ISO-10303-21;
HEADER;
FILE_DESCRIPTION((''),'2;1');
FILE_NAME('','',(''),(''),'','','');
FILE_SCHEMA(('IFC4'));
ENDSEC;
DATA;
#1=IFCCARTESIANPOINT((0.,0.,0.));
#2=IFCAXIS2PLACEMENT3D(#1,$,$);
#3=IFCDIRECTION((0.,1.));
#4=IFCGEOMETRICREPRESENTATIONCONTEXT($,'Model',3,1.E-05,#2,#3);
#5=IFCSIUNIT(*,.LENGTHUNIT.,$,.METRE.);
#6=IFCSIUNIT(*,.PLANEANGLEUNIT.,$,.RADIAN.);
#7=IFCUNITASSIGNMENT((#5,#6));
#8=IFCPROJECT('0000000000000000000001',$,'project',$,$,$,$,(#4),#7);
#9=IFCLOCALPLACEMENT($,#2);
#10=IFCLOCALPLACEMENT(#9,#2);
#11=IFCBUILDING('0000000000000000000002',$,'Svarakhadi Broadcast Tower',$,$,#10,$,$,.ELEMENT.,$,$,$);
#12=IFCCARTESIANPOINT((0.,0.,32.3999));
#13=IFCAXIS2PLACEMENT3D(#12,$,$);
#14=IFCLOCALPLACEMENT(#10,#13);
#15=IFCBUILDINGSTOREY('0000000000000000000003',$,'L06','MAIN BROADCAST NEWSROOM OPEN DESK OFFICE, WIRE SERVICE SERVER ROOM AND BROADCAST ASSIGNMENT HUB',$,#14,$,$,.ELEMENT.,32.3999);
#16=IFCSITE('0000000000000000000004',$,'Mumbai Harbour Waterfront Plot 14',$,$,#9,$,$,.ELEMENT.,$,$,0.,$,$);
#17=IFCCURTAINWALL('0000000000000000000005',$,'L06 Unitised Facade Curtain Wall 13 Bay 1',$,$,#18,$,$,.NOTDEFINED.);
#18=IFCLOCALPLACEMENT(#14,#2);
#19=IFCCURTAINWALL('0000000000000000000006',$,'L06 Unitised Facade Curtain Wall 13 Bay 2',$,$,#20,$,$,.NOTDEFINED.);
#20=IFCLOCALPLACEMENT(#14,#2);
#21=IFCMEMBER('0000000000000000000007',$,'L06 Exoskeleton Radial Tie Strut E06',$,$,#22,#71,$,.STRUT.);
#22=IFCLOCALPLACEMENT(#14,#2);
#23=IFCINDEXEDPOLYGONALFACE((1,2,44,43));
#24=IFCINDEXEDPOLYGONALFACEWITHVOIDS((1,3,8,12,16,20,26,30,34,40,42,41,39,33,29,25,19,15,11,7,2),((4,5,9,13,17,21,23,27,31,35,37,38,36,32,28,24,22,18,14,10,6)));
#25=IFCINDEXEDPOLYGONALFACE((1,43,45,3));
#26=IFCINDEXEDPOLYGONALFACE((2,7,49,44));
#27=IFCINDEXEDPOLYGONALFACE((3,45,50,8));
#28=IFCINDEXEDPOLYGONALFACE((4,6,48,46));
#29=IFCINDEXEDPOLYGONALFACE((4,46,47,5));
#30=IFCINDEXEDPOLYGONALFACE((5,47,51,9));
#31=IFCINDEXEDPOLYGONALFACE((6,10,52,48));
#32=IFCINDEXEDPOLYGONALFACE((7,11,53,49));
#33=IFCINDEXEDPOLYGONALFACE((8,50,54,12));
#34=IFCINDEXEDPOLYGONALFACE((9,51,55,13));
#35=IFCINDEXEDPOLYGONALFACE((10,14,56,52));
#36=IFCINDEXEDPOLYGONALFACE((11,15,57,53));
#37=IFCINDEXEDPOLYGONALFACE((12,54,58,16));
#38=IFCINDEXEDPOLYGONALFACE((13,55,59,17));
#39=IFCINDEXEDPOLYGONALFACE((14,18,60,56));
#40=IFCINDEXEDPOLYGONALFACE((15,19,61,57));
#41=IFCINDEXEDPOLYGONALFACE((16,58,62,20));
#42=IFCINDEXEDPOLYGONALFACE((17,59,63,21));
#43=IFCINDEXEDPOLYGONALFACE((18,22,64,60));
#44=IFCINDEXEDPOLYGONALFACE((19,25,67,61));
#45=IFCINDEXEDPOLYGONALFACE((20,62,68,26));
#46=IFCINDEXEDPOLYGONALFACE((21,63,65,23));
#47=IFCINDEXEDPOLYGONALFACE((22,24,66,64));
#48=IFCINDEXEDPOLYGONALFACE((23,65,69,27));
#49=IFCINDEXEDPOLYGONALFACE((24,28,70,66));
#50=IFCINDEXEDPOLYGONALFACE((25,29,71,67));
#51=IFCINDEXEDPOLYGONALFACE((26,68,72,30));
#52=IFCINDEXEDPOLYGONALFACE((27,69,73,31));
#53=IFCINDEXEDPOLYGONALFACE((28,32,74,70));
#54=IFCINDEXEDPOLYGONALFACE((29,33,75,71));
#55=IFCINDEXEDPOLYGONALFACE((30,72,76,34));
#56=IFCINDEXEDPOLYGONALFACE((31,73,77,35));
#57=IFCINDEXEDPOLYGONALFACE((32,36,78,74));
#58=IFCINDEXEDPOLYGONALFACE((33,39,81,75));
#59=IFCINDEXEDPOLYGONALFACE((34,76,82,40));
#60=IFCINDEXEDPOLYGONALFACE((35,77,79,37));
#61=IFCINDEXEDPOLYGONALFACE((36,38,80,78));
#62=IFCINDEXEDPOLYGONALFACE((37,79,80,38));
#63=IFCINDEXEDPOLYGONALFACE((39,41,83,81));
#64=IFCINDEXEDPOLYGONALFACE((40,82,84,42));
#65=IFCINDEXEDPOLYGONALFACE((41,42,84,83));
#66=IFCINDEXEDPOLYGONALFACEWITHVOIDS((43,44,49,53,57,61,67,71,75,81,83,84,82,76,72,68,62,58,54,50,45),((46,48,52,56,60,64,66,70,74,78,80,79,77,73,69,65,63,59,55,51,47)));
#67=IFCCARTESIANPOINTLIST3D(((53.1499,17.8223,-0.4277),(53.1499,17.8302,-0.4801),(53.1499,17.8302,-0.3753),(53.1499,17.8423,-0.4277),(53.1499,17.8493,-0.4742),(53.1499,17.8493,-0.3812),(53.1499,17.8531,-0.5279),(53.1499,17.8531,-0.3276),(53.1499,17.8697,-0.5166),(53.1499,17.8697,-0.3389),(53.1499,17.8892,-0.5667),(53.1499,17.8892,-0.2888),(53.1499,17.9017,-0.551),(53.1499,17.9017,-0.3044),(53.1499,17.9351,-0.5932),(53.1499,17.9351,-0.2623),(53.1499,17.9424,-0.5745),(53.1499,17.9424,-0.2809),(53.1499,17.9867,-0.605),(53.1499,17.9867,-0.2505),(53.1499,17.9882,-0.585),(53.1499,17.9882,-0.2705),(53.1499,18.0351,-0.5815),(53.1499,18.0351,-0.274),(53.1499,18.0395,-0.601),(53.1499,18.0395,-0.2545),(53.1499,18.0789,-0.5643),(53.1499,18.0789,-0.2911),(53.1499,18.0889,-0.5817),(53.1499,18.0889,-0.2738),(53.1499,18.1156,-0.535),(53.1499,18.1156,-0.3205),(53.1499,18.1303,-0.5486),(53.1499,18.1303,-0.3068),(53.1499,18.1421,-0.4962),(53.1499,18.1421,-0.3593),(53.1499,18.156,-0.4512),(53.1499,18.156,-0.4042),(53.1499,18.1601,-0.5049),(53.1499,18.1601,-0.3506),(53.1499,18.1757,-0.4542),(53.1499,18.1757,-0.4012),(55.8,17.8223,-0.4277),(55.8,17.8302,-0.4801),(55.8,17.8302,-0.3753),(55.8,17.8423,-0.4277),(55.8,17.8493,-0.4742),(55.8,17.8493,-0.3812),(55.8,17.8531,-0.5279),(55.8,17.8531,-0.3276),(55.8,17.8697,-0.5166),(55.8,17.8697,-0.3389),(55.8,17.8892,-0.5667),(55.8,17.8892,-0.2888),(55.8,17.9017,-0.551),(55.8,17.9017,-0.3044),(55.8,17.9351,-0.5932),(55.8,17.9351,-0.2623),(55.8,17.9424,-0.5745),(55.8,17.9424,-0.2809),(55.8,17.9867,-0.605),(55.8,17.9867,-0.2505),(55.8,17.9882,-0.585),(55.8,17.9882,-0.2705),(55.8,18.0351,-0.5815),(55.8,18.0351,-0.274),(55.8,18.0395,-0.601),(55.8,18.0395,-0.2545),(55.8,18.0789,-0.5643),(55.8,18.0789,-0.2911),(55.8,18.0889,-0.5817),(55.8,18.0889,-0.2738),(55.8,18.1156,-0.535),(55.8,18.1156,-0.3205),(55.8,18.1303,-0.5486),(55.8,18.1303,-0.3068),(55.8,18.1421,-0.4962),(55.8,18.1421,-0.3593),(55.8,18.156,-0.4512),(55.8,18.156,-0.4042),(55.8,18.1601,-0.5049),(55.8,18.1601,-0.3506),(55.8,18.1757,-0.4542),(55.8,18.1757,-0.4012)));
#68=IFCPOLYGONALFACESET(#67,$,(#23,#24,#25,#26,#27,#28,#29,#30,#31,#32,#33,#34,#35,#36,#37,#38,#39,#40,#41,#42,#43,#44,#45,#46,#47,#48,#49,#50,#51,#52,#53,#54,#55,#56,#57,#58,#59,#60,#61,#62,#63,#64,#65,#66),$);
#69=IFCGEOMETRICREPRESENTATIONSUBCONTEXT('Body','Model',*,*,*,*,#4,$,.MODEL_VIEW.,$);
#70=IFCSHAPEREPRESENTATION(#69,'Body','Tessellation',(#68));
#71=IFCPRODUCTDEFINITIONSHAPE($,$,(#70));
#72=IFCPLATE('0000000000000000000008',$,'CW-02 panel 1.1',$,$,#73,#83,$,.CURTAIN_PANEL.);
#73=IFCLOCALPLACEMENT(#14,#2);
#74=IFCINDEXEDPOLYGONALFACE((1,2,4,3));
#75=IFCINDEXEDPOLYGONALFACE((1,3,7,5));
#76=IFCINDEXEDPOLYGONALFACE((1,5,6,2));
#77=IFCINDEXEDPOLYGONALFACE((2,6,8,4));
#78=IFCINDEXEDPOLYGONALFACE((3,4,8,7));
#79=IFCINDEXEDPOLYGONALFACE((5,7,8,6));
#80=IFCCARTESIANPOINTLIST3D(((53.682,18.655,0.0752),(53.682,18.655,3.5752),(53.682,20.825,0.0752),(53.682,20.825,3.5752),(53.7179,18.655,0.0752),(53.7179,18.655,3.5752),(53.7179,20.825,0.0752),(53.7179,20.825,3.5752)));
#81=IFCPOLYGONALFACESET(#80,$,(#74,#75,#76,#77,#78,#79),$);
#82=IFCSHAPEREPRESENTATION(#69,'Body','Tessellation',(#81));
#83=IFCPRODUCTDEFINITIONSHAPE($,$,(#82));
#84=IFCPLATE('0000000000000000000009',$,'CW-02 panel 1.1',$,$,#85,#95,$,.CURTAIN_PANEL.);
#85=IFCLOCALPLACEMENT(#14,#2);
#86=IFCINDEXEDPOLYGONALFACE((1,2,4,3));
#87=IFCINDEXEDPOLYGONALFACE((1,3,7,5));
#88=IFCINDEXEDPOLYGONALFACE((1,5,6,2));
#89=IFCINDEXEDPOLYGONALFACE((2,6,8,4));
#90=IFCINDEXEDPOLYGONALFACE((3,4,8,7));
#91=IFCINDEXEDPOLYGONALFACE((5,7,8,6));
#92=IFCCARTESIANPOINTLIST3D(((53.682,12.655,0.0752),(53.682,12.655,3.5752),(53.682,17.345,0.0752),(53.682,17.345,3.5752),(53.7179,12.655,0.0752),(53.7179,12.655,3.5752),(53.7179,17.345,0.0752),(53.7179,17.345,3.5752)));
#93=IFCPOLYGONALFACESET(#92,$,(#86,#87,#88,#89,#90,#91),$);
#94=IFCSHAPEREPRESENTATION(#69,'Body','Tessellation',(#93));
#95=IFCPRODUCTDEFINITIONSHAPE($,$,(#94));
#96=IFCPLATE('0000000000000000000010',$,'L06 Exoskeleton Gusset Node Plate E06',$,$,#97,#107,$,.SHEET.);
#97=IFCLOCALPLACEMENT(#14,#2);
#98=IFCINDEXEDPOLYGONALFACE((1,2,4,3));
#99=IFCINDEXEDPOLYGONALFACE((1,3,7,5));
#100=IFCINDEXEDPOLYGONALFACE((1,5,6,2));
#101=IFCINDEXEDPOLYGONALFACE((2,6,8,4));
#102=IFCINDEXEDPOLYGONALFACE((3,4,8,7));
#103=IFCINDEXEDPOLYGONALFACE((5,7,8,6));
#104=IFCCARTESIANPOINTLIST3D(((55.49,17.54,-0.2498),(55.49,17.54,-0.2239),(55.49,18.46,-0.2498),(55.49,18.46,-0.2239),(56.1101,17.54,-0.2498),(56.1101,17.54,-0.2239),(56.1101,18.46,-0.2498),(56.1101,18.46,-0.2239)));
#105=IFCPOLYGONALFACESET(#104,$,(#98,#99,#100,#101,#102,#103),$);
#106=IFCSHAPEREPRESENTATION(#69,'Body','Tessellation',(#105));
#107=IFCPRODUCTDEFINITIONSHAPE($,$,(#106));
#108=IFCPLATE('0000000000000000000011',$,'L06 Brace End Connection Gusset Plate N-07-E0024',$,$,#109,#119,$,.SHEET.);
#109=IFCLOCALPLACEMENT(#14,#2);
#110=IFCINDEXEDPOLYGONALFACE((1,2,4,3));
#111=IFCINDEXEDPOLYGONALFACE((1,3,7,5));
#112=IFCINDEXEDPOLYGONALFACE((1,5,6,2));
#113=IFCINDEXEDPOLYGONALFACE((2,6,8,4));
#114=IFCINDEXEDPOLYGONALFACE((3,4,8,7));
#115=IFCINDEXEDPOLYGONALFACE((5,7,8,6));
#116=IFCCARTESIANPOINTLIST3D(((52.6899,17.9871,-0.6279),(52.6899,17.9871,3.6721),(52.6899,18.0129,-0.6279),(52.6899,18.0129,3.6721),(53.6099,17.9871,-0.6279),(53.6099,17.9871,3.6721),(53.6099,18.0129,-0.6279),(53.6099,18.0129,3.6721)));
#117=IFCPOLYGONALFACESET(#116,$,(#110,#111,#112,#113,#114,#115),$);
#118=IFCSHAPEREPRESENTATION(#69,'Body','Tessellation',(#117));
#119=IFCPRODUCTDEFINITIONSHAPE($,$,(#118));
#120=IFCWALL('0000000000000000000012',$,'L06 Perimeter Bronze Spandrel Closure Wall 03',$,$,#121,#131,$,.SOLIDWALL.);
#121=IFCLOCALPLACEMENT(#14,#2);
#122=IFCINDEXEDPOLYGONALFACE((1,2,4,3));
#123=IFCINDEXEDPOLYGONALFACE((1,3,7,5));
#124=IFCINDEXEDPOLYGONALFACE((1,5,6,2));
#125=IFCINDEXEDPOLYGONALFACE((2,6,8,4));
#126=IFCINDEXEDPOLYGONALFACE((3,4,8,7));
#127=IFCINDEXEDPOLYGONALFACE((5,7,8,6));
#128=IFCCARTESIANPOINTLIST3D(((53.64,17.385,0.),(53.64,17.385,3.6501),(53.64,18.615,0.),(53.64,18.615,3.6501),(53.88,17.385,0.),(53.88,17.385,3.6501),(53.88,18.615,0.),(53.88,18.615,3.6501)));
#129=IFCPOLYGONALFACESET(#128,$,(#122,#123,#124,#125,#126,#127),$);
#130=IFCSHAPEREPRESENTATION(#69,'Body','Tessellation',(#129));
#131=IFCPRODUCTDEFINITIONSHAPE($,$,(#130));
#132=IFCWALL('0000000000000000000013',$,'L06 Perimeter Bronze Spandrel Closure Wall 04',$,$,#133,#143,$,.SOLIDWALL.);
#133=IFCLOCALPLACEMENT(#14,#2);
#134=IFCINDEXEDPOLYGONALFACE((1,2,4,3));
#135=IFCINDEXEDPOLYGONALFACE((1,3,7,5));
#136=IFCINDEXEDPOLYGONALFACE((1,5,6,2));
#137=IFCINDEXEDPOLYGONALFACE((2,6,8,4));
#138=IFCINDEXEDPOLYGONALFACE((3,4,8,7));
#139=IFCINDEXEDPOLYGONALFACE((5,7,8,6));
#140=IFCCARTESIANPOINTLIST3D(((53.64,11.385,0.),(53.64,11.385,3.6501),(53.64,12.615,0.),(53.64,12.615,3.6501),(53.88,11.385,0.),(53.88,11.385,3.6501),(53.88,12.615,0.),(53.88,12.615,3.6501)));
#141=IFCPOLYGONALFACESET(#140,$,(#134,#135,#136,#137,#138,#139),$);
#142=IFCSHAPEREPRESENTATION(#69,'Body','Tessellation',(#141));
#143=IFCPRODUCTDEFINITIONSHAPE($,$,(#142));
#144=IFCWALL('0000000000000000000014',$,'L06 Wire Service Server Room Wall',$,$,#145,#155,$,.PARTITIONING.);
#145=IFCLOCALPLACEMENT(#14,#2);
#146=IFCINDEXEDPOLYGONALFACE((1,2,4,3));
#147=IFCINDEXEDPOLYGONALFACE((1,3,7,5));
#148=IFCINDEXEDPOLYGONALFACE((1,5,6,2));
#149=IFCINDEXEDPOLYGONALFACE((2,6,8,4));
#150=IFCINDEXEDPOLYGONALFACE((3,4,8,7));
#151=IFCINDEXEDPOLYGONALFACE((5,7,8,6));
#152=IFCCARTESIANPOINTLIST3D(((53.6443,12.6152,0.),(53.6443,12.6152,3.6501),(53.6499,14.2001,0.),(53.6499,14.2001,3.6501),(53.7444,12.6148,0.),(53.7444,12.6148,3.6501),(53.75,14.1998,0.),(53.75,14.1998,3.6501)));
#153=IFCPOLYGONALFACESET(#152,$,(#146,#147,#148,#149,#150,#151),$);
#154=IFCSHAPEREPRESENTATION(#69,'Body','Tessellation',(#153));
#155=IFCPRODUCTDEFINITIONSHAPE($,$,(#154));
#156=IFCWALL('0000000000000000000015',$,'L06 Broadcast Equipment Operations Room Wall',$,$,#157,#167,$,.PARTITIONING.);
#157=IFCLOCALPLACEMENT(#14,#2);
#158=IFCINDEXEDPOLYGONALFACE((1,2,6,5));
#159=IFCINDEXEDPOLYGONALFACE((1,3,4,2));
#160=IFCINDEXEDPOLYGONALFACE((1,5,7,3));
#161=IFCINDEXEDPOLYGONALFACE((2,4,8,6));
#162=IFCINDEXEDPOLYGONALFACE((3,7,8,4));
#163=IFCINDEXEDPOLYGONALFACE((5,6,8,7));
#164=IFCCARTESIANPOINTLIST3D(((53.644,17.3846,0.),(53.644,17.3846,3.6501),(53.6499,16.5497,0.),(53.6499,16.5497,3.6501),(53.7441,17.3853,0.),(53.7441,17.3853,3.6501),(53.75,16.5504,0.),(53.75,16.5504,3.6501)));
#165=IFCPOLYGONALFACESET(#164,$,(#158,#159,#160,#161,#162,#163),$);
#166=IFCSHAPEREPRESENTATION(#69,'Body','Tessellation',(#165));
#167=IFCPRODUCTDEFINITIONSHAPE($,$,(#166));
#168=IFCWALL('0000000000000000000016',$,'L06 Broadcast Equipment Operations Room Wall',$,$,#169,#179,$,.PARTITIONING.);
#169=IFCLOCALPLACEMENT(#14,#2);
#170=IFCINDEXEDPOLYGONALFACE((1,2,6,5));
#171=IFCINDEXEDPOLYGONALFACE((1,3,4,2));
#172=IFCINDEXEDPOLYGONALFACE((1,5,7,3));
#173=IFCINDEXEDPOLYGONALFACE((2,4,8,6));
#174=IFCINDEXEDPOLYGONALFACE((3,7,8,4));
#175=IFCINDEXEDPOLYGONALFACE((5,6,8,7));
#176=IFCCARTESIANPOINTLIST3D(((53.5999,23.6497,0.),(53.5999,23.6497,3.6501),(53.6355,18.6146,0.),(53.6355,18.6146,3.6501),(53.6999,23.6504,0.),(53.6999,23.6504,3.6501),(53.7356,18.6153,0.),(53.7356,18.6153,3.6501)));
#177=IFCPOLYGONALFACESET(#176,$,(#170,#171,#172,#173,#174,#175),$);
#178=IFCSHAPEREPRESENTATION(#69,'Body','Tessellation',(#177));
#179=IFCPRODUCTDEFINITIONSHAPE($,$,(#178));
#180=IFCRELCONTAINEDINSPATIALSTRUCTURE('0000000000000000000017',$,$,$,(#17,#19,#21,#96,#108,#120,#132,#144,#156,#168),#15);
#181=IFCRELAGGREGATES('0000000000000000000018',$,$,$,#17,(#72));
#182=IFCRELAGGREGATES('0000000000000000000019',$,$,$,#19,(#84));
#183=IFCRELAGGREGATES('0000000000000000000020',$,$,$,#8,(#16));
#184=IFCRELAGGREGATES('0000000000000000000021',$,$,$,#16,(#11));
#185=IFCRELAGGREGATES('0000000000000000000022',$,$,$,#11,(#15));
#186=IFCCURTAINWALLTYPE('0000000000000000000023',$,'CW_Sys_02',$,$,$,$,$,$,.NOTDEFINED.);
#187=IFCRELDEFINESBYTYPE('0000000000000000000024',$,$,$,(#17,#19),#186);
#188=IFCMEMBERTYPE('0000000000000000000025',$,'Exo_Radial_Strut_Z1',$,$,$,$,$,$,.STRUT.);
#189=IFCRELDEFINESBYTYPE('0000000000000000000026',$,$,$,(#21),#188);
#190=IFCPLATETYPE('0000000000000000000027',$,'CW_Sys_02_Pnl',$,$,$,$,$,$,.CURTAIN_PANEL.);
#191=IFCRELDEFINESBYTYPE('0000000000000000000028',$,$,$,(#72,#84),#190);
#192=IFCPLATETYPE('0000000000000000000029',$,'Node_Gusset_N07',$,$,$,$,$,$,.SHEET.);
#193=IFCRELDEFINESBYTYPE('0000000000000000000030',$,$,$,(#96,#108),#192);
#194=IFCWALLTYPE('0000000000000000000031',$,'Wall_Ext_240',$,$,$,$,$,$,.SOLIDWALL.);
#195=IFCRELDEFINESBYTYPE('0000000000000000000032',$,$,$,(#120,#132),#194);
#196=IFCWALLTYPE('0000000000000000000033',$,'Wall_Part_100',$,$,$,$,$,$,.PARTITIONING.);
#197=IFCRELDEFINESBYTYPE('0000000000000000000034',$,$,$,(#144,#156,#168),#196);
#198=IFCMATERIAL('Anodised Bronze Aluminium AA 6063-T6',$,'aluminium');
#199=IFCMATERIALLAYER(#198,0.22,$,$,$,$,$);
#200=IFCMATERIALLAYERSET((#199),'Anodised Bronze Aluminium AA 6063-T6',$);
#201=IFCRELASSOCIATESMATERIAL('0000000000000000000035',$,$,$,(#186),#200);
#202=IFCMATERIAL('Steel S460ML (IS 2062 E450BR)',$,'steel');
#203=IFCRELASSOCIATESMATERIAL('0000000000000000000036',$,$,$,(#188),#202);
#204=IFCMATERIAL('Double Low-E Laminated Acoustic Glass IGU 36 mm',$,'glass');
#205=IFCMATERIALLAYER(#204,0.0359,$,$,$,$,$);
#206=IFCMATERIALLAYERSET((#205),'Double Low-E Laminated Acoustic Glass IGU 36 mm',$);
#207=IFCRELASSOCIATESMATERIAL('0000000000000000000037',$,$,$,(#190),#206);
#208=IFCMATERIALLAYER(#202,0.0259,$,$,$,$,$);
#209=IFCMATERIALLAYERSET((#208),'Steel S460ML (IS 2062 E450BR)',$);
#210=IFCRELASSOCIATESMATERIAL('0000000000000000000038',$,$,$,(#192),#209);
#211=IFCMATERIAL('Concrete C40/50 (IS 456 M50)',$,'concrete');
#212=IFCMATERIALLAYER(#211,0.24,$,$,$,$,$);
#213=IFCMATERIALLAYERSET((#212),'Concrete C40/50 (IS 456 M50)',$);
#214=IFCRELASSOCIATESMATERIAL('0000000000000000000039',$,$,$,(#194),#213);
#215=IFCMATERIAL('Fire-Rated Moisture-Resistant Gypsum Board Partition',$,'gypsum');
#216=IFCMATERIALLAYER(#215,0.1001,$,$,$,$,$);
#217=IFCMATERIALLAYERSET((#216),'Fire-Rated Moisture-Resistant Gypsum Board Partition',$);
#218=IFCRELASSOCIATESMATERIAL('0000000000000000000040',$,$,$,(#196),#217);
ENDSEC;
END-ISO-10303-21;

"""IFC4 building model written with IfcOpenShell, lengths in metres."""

from ifc_helpers import new_model, si_unit, direction, frame, frame_2d, origin, origin_2d, place, context, subcontext, project, spatial, rectangle, hollow_circle, extrude, material, layer, layer_set, material_profile, profile_set, type_object, element, aggregate, save


model = new_model("IFC4")

# Units and contexts
model_context = context("Model", 3, precision=1e-05, world=origin(), true_north=direction((0.0, 1.0)))
body_context = subcontext(model_context, "Body", "Model", "MODEL_VIEW")
ifc_project = project(units=[si_unit("LENGTHUNIT", "METRE"), si_unit("PLANEANGLEUNIT", "RADIAN")], contexts=[model_context])

# Site, building, storey
site_placement = place(None, origin())
site = spatial("IfcSite", under=ifc_project, at=site_placement, Name="Mumbai Harbour Waterfront Plot 14", CompositionType="ELEMENT", RefElevation=0.0)
building_placement = place(site_placement, origin())
building = spatial("IfcBuilding", under=site, at=building_placement, Name="Svarakhadi Broadcast Tower", CompositionType="ELEMENT")
storey_placement = place(building_placement, frame((0.0, 0.0, 32.3999)))
storey = spatial("IfcBuildingStorey", under=building, at=storey_placement, Name="L06", Description="MAIN BROADCAST NEWSROOM OPEN DESK OFFICE, WIRE SERVICE SERVER ROOM AND BROADCAST ASSIGNMENT HUB", CompositionType="ELEMENT", Elevation=32.3999)

# Curtain wall
ifc_material_1 = material(Name="Anodised Bronze Aluminium AA 6063-T6", Category="aluminium")
ifc_layer_1 = layer(ifc_material_1, 0.22)
ifc_layer_set_1 = layer_set([ifc_layer_1], Name="Anodised Bronze Aluminium AA 6063-T6")
curtain_wall_type = type_object("IfcCurtainWallType", Name="CW_Sys_02", PredefinedType="NOTDEFINED", material=ifc_layer_set_1)
curtain_wall_1_placement = place(storey_placement, origin())
curtain_wall_1 = element("IfcCurtainWall", 1, at=curtain_wall_1_placement, inside=storey, type_object=curtain_wall_type, Name="L06 Unitised Facade Curtain Wall 13 Bay 1", PredefinedType="NOTDEFINED")

# Curtain wall
curtain_wall_2_placement = place(storey_placement, origin())
curtain_wall_2 = element("IfcCurtainWall", 2, at=curtain_wall_2_placement, inside=storey, type_object=curtain_wall_type, Name="L06 Unitised Facade Curtain Wall 13 Bay 2", PredefinedType="NOTDEFINED")

# Member
ifc_material_2 = material(Name="Steel S460ML (IS 2062 E450BR)", Category="steel")
ifc_material_profile_1 = material_profile(ifc_material_2, hollow_circle(Radius=0.1777, WallThickness=0.02, at=origin_2d()), Name="CHS 355.6x20")
ifc_profile_set_1 = profile_set([ifc_material_profile_1], Name="Steel S460ML (IS 2062 E450BR)")
member_type_1 = type_object("IfcMemberType", Name="Exo_Radial_Strut_Z1", PredefinedType="STRUT", material=ifc_profile_set_1)
member_1_placement = place(storey_placement, frame((55.8, 18.0, -0.4277), z_axis=(-1.0, 0.0, 0.0), x_axis=(0.0, -1.0, 0.0)))
element("IfcMember", 3, at=member_1_placement, inside=storey, type_object=member_type_1, Name="L06 Exoskeleton Radial Tie Strut E06", PredefinedType="STRUT", context=body_context, shape_type="SweptSolid", body=[
    extrude(hollow_circle(Radius=0.1777, WallThickness=0.02, at=origin_2d()), origin(), (0.0, 0.0, 1.0), 2.6501),
])

# Plates
ifc_material_3 = material(Name="Double Low-E Laminated Acoustic Glass IGU 36 mm", Category="glass")
ifc_layer_2 = layer(ifc_material_3, 0.0359)
ifc_layer_set_2 = layer_set([ifc_layer_2], Name="Double Low-E Laminated Acoustic Glass IGU 36 mm")
plate_type_1 = type_object("IfcPlateType", Name="CW_Sys_02_Pnl", PredefinedType="CURTAIN_PANEL", material=ifc_layer_set_2)
plate_1_placement = place(storey_placement, frame((53.7, 19.74, 0.0752), z_axis=(0.0, 0.0, 1.0), x_axis=(0.0, -1.0, 0.0)))
plate_1 = element("IfcPlate", 4, at=plate_1_placement, type_object=plate_type_1, Name="CW-02 panel 1.1", PredefinedType="CURTAIN_PANEL", context=body_context, shape_type="SweptSolid", body=[
    extrude(rectangle(XDim=2.1699, YDim=0.0359, at=origin_2d()), origin(), (0.0, 0.0, 1.0), 3.5),
])
aggregate(curtain_wall_1, [plate_1])
plate_2_placement = place(storey_placement, frame((53.7, 15.0, 0.0752), z_axis=(0.0, 0.0, 1.0), x_axis=(0.0, -1.0, 0.0)))
plate_2 = element("IfcPlate", 5, at=plate_2_placement, type_object=plate_type_1, Name="CW-02 panel 1.1", PredefinedType="CURTAIN_PANEL", context=body_context, shape_type="SweptSolid", body=[
    extrude(rectangle(XDim=4.6899, YDim=0.0359, at=origin_2d()), origin(), (0.0, 0.0, 1.0), 3.5),
])
aggregate(curtain_wall_2, [plate_2])

# Plates
ifc_layer_3 = layer(ifc_material_2, 0.0259)
ifc_layer_set_3 = layer_set([ifc_layer_3], Name="Steel S460ML (IS 2062 E450BR)")
plate_type_2 = type_object("IfcPlateType", Name="Node_Gusset_N07", PredefinedType="SHEET", material=ifc_layer_set_3)
plate_3_placement = place(storey_placement, frame((55.8, 18.0, -0.2498), z_axis=(0.0, 0.0, 1.0), x_axis=(0.0, 1.0, 0.0)))
element("IfcPlate", 6, at=plate_3_placement, inside=storey, type_object=plate_type_2, Name="L06 Exoskeleton Gusset Node Plate E06", PredefinedType="SHEET", context=body_context, shape_type="SweptSolid", body=[
    extrude(rectangle(XDim=0.9199, YDim=0.6201, at=origin_2d()), origin(), (0.0, 0.0, 1.0), 0.0259),
])
plate_4_placement = place(storey_placement, frame((53.1499, 18.0, -0.6279), z_axis=(0.0, 0.0, 1.0), x_axis=(1.0, 0.0, 0.0)))
element("IfcPlate", 7, at=plate_4_placement, inside=storey, type_object=plate_type_2, Name="L06 Brace End Connection Gusset Plate N-07-E0024", PredefinedType="SHEET", context=body_context, shape_type="SweptSolid", body=[
    extrude(rectangle(XDim=0.9199, YDim=0.0259, at=origin_2d()), origin(), (0.0, 0.0, 1.0), 4.3),
])

# Walls
ifc_material_4 = material(Name="Concrete C40/50 (IS 456 M50)", Category="concrete")
ifc_layer_4 = layer(ifc_material_4, 0.24)
ifc_layer_set_4 = layer_set([ifc_layer_4], Name="Concrete C40/50 (IS 456 M50)")
wall_type_1 = type_object("IfcWallType", Name="Wall_Ext_240", PredefinedType="SOLIDWALL", material=ifc_layer_set_4)
for number, where, z_axis, x_axis, name in (
    (8, (53.76, 18.615, 0.0), (0.0, 0.0, 1.0), (0.0, -1.0, 0.0), "L06 Perimeter Bronze Spandrel Closure Wall 03"),
    (9, (53.76, 12.615, 0.0), (0.0, 0.0, 1.0), (0.0, -1.0, 0.0), "L06 Perimeter Bronze Spandrel Closure Wall 04"),
):
    element("IfcWall", number, at=place(storey_placement, frame(where, z_axis=z_axis, x_axis=x_axis)), inside=storey, type_object=wall_type_1, Name=name, PredefinedType="SOLIDWALL", context=body_context, shape_type="SweptSolid", body=[
        extrude(rectangle(XDim=1.23, YDim=0.24, at=frame_2d((0.615, 0.0))), origin(), (0.0, 0.0, 1.0), 3.6501),
    ])
ifc_material_5 = material(Name="Fire-Rated Moisture-Resistant Gypsum Board Partition", Category="gypsum")
ifc_layer_5 = layer(ifc_material_5, 0.1001)
ifc_layer_set_5 = layer_set([ifc_layer_5], Name="Fire-Rated Moisture-Resistant Gypsum Board Partition")
wall_type_2 = type_object("IfcWallType", Name="Wall_Part_100", PredefinedType="PARTITIONING", material=ifc_layer_set_5)
wall_1_placement = place(storey_placement, frame((53.6943, 12.615, 0.0), z_axis=(0.0, 0.0, 1.0), x_axis=(0.003543, 0.999994, 0.0)))
element("IfcWall", 10, at=wall_1_placement, inside=storey, type_object=wall_type_2, Name="L06 Wire Service Server Room Wall", PredefinedType="PARTITIONING", context=body_context, shape_type="SweptSolid", body=[
    extrude(rectangle(XDim=1.585, YDim=0.1001, at=frame_2d((0.7925, 0.0))), origin(), (0.0, 0.0, 1.0), 3.6501),
])
wall_2_placement = place(storey_placement, frame((53.7, 16.55, 0.0), z_axis=(0.0, 0.0, 1.0), x_axis=(-0.007017, 0.999975, 0.0)))
element("IfcWall", 11, at=wall_2_placement, inside=storey, type_object=wall_type_2, Name="L06 Broadcast Equipment Operations Room Wall", PredefinedType="PARTITIONING", context=body_context, shape_type="SweptSolid", body=[
    extrude(rectangle(XDim=0.835, YDim=0.1001, at=frame_2d((0.4175, 0.0))), origin(), (0.0, 0.0, 1.0), 3.6501),
])
wall_3_placement = place(storey_placement, frame((53.6855, 18.615, 0.0), z_axis=(0.0, 0.0, 1.0), x_axis=(-0.007079, 0.999975, 0.0)))
element("IfcWall", 12, at=wall_3_placement, inside=storey, type_object=wall_type_2, Name="L06 Broadcast Equipment Operations Room Wall", PredefinedType="PARTITIONING", context=body_context, shape_type="SweptSolid", body=[
    extrude(rectangle(XDim=5.0352, YDim=0.1001, at=frame_2d((2.5176, 0.0))), origin(), (0.0, 0.0, 1.0), 3.6501),
])

save(model, "model.ifc")
